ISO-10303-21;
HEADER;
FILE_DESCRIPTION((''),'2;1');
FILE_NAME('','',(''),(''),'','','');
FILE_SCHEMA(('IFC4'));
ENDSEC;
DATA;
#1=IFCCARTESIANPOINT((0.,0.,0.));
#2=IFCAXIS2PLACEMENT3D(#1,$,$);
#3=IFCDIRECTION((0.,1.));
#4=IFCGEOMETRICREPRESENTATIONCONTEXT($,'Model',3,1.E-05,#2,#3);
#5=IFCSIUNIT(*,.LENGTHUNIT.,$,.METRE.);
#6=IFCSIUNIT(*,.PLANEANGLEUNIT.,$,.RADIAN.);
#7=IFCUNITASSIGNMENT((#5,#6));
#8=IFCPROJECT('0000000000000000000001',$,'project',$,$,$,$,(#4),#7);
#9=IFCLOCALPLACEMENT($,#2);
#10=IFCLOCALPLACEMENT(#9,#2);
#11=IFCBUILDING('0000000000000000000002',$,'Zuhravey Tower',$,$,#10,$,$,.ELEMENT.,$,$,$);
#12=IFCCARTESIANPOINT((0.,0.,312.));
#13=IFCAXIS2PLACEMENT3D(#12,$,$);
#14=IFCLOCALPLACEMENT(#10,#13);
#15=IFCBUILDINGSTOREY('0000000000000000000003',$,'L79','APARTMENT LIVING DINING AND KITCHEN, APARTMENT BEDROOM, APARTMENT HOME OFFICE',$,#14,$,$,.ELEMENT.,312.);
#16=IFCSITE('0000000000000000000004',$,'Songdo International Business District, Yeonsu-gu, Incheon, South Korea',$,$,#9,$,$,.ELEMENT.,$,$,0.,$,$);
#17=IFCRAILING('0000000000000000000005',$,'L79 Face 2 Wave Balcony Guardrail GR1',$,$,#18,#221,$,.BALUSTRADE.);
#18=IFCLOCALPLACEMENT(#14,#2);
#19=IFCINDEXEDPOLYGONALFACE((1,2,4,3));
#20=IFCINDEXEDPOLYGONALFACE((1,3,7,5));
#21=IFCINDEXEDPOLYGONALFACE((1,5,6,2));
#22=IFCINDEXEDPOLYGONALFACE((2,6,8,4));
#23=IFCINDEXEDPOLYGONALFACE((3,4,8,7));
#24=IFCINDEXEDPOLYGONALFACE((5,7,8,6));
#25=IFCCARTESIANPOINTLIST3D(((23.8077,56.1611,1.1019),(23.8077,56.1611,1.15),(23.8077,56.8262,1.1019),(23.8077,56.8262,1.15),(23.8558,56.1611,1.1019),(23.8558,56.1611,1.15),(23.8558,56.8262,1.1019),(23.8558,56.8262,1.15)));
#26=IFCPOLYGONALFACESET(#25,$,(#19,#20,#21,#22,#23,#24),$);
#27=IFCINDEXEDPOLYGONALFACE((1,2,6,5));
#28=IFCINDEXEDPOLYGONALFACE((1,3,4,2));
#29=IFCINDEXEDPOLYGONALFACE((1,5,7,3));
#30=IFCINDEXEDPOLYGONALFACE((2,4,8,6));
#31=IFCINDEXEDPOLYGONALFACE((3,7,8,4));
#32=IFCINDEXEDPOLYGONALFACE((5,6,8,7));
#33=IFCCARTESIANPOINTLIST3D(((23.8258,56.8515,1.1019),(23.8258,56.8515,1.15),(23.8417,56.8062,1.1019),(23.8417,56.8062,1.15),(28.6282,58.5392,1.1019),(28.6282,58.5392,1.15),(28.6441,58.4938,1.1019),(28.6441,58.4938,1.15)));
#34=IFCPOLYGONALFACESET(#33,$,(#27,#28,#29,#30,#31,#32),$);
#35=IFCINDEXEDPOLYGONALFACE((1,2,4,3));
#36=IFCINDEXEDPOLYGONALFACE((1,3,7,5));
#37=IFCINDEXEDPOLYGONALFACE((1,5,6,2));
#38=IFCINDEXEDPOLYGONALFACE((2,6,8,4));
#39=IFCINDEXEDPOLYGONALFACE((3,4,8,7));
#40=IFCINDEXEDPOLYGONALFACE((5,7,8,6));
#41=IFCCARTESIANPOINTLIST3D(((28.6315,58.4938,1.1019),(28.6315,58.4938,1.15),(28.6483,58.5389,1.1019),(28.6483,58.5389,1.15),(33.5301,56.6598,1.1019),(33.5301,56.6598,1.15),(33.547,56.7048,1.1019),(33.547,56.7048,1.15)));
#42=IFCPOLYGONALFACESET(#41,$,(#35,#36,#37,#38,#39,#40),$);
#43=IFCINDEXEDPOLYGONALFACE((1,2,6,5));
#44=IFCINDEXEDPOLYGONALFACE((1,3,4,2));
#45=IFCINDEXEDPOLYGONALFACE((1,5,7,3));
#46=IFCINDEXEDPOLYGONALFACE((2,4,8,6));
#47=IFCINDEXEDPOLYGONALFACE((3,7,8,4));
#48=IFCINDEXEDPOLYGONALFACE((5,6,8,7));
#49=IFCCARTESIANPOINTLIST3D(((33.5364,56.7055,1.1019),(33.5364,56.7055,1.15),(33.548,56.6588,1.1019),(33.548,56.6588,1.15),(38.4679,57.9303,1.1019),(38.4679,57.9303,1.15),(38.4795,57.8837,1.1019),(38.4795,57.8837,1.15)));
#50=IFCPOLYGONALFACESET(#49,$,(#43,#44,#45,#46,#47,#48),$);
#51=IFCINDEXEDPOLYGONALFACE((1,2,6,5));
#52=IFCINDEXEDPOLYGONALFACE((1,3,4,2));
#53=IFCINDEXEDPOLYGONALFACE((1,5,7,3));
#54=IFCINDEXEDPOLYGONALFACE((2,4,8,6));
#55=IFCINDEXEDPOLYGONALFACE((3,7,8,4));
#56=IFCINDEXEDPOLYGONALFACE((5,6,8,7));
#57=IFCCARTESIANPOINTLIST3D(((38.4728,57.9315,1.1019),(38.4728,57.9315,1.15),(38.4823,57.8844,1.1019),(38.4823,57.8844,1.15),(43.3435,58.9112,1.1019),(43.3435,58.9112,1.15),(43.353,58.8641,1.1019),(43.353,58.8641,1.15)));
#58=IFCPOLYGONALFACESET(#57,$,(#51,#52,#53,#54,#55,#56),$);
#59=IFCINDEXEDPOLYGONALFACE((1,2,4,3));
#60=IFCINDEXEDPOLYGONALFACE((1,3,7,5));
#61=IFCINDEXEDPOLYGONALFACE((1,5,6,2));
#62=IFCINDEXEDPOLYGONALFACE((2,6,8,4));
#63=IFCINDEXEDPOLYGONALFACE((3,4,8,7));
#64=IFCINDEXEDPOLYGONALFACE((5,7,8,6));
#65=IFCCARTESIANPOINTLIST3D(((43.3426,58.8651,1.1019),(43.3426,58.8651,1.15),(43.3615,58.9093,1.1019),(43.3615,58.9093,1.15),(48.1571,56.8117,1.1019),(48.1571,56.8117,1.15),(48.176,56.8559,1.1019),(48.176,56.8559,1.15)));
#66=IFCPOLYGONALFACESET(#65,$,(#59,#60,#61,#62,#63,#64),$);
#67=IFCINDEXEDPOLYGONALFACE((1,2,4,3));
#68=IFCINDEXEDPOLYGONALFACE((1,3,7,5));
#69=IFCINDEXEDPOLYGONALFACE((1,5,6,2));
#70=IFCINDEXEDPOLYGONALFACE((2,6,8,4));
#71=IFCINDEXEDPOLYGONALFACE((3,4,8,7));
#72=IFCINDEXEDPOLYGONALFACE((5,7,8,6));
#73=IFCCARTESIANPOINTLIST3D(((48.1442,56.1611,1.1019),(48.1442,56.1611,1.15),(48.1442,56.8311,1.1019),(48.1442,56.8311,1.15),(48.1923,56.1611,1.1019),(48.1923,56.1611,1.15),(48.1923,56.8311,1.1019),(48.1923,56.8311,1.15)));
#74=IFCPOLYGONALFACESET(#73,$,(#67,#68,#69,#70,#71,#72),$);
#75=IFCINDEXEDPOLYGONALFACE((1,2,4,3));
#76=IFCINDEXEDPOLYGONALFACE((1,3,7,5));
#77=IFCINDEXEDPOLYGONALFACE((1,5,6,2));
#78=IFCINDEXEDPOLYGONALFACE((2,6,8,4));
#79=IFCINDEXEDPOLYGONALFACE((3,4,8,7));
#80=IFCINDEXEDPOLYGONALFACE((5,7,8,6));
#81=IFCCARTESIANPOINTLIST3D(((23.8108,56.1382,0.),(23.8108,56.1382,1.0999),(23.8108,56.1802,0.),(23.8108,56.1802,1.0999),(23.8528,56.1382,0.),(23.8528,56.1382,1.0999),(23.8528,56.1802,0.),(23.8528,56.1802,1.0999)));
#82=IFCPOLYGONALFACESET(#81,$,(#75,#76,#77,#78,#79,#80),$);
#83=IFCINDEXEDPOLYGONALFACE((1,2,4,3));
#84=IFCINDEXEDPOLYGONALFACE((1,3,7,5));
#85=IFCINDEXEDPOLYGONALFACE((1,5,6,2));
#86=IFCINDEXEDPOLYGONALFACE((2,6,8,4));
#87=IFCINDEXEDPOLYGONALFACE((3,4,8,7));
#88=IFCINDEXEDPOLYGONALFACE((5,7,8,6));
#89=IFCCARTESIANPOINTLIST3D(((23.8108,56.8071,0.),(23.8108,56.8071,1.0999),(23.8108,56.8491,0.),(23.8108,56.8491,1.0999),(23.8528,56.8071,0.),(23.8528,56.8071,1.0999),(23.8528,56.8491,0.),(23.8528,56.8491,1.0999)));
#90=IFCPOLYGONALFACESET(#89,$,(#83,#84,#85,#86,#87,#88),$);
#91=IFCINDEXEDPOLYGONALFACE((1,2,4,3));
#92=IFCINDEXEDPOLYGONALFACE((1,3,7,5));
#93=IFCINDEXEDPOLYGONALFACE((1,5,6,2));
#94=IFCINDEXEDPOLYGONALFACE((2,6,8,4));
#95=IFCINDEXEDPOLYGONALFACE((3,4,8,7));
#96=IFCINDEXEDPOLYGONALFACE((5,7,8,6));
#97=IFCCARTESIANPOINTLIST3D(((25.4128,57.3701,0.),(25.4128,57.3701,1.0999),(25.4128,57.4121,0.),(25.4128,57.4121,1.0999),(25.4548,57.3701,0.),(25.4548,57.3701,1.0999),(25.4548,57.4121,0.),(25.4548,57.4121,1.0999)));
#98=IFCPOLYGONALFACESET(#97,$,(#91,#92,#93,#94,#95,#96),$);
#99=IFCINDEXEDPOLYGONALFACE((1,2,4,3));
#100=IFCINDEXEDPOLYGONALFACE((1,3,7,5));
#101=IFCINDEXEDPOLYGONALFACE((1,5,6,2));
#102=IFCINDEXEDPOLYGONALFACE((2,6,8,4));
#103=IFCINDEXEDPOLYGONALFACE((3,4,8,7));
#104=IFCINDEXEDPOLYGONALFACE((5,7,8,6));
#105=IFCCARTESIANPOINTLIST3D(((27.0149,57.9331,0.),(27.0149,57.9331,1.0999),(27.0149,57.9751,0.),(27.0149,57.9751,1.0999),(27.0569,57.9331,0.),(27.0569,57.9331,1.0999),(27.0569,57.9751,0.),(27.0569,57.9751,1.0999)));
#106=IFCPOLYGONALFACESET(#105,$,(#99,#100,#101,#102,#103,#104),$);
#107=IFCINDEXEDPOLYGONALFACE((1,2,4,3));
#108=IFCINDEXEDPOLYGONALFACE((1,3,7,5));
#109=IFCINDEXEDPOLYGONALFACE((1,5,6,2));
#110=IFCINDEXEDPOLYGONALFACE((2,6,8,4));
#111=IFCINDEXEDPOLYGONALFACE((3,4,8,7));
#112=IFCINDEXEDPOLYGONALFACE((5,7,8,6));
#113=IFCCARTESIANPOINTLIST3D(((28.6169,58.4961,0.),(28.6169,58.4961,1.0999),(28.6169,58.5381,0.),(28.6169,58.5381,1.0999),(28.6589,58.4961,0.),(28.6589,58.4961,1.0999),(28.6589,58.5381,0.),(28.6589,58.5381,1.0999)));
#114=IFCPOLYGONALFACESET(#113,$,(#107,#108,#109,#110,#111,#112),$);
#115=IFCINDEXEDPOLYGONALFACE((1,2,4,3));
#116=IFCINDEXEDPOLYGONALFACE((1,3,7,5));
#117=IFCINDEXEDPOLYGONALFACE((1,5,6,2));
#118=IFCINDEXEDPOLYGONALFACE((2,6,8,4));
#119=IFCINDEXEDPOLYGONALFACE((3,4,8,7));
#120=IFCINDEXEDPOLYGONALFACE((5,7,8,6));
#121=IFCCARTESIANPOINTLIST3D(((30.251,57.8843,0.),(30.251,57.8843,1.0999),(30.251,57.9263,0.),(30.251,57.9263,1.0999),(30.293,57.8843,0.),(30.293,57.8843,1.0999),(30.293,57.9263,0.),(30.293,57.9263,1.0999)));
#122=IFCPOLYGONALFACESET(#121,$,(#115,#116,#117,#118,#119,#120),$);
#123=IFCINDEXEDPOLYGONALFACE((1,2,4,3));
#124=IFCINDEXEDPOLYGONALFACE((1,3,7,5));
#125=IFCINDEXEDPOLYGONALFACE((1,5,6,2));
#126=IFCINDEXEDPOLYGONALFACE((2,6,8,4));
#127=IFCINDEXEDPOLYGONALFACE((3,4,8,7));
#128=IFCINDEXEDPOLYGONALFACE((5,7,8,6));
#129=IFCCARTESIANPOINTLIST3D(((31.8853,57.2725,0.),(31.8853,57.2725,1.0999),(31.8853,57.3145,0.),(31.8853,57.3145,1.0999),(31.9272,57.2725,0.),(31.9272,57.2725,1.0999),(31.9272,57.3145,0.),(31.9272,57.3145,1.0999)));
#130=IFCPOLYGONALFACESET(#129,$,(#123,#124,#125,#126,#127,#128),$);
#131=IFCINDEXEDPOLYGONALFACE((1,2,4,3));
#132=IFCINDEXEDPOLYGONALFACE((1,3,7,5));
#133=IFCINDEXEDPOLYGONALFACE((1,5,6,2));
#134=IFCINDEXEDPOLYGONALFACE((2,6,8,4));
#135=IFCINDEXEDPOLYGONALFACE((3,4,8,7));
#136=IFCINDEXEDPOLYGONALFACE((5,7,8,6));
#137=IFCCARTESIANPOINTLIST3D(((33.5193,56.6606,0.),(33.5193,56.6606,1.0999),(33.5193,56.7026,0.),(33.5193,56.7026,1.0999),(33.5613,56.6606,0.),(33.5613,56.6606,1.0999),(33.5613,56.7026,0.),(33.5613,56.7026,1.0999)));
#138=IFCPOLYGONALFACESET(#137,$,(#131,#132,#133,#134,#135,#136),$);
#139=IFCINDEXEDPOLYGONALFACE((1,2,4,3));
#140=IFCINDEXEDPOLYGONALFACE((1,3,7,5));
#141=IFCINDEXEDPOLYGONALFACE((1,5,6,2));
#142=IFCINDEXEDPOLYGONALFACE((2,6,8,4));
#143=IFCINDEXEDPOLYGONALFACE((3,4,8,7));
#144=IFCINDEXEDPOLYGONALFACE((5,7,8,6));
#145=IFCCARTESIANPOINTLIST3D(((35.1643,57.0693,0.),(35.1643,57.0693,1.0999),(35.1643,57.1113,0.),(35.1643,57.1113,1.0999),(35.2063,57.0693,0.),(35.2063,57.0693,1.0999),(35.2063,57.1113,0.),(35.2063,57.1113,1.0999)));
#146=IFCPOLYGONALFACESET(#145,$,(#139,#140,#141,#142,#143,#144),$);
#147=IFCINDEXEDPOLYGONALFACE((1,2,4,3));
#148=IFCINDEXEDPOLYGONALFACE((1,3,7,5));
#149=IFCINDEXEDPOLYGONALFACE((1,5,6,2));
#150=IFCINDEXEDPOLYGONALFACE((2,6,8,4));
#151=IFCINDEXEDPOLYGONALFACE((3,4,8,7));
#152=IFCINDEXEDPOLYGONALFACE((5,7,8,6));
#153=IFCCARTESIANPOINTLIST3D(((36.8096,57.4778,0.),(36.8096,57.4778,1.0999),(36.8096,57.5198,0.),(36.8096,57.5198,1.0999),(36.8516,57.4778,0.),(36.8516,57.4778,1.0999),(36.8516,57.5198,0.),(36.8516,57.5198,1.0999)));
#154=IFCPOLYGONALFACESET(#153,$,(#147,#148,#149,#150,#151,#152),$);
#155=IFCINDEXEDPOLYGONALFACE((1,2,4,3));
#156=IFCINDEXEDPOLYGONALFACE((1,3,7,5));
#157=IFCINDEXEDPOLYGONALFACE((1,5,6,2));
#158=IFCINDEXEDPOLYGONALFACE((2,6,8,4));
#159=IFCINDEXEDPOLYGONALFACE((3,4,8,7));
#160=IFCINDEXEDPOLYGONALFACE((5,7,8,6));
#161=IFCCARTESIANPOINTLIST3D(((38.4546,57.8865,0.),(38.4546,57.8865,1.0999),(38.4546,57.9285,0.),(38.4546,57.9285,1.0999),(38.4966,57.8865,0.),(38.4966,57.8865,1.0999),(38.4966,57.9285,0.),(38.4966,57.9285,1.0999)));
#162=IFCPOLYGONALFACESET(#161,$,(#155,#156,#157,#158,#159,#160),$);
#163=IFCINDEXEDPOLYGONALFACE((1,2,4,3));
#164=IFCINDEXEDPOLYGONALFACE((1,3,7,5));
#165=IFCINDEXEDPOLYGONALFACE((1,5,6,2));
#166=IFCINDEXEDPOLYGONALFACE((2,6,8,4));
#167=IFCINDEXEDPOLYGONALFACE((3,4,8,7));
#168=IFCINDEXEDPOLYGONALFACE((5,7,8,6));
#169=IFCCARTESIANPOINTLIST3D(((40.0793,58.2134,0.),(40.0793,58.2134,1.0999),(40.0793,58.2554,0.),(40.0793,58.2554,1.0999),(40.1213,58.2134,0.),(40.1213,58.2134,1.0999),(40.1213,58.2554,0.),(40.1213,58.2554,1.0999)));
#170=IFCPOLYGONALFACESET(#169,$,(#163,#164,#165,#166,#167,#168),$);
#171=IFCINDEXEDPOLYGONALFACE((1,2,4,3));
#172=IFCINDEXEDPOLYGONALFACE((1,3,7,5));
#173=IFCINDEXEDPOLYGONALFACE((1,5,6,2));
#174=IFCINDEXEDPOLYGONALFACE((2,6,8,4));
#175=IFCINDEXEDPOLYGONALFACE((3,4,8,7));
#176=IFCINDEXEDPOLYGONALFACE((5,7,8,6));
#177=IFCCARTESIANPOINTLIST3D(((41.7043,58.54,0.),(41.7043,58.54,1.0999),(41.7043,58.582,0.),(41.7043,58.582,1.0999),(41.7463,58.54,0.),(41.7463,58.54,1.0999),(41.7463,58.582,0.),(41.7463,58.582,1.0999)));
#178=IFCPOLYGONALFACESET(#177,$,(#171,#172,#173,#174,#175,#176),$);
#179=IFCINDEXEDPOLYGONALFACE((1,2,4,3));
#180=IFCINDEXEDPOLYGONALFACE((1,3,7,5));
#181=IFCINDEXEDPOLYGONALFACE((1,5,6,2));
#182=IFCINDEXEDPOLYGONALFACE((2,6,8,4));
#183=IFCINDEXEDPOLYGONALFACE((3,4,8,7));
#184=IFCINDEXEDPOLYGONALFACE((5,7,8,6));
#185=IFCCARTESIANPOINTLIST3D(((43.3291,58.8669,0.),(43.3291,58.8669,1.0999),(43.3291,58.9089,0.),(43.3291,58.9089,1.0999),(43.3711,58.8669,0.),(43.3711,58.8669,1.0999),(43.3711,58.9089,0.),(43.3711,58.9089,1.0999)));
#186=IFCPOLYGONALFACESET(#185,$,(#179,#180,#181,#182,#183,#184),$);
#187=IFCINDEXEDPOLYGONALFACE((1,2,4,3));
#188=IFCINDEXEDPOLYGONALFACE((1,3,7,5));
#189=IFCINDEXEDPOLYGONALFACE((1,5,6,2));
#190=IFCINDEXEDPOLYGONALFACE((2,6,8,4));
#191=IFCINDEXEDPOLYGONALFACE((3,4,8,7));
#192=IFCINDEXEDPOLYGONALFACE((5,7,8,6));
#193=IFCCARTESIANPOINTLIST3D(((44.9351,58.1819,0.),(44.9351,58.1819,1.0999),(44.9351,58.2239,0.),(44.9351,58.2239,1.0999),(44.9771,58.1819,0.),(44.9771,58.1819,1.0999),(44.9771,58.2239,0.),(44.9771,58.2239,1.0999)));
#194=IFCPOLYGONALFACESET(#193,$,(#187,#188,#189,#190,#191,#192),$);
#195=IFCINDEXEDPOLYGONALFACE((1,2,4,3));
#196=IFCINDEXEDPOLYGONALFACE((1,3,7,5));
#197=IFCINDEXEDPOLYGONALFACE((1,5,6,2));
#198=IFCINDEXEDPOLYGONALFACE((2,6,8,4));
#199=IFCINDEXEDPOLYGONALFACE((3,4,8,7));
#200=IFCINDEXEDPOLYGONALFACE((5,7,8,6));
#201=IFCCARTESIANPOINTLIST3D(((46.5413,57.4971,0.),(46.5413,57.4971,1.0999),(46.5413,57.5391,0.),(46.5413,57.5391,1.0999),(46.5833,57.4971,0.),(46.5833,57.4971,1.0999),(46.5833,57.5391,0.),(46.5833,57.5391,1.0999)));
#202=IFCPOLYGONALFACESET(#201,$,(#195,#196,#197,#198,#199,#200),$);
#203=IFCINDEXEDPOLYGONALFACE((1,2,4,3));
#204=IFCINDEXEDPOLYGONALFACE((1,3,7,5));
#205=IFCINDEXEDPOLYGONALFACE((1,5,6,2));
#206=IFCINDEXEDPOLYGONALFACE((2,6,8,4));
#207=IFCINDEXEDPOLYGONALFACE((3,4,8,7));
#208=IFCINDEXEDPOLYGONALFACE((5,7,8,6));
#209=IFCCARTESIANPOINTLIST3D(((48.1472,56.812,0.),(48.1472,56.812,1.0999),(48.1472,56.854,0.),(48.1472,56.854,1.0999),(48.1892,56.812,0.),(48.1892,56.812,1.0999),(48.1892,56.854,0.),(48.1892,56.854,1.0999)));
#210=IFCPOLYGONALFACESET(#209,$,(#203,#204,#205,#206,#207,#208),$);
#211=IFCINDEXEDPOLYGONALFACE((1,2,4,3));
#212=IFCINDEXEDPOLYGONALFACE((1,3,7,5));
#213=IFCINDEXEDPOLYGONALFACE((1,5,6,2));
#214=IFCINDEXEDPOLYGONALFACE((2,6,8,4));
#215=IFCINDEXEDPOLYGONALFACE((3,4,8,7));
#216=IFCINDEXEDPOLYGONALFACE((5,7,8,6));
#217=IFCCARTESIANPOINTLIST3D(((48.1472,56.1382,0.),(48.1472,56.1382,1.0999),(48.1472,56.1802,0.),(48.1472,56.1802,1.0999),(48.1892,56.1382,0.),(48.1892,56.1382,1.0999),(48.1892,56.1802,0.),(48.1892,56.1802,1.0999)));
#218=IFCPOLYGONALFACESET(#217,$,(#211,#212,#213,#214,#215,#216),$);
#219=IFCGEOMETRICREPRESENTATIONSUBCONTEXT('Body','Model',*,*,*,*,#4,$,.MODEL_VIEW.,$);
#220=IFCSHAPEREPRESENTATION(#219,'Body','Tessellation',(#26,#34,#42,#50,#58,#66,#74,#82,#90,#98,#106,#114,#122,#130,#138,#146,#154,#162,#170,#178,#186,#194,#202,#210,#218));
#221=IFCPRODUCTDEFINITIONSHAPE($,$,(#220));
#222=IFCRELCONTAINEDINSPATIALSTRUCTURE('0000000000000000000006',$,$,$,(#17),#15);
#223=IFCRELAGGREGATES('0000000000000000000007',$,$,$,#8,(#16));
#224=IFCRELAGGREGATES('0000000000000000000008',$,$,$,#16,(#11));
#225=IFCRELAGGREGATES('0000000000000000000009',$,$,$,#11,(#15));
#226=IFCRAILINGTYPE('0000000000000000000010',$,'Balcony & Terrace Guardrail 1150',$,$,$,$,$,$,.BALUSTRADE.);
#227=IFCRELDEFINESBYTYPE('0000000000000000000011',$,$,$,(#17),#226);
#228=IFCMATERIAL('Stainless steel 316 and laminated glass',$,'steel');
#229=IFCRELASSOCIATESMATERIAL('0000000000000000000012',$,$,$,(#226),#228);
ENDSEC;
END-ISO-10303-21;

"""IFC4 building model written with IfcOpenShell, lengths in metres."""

from ifc_helpers import new_model, si_unit, direction, frame, origin, origin_2d, place, context, subcontext, project, spatial, rectangle, extrude, material, type_object, element, save


model = new_model("IFC4")

# Units and contexts
model_context = context("Model", 3, precision=1e-05, world=origin(), true_north=direction((0.0, 1.0)))
body_context = subcontext(model_context, "Body", "Model", "MODEL_VIEW")
ifc_project = project(units=[si_unit("LENGTHUNIT", "METRE"), si_unit("PLANEANGLEUNIT", "RADIAN")], contexts=[model_context])

# Site, building, storey
site_placement = place(None, origin())
site = spatial("IfcSite", under=ifc_project, at=site_placement, Name="Songdo International Business District, Yeonsu-gu, Incheon, South Korea", CompositionType="ELEMENT", RefElevation=0.0)
building_placement = place(site_placement, origin())
building = spatial("IfcBuilding", under=site, at=building_placement, Name="Zuhravey Tower", CompositionType="ELEMENT")
storey_placement = place(building_placement, frame((0.0, 0.0, 312.0)))
storey = spatial("IfcBuildingStorey", under=building, at=storey_placement, Name="L79", Description="APARTMENT LIVING DINING AND KITCHEN, APARTMENT BEDROOM, APARTMENT HOME OFFICE", CompositionType="ELEMENT", Elevation=312.0)

# Railing
ifc_material_1 = material(Name="Stainless steel 316 and laminated glass", Category="steel")
railing_type = type_object("IfcRailingType", Name="Balcony & Terrace Guardrail 1150", PredefinedType="BALUSTRADE", material=ifc_material_1)
railing_placement = place(storey_placement, frame((23.8318, 56.1592, 0.0)))
element("IfcRailing", 1, at=railing_placement, inside=storey, type_object=railing_type, Name="L79 Face 2 Wave Balcony Guardrail GR1", PredefinedType="BALUSTRADE", context=body_context, shape_type="SweptSolid", body=[
    extrude(rectangle(XDim=0.0481, YDim=0.0481, at=origin_2d()), frame((0.0, 0.002, 1.126), z_axis=(0.0, 1.0, 0.0), x_axis=(-1.0, 0.0, 0.0)), (0.0, 0.0, 1.0), 0.665),
    extrude(rectangle(XDim=0.0481, YDim=0.0481, at=origin_2d()), frame((0.002, 0.6697, 1.126), z_axis=(0.943441, 0.331541, 0.0), x_axis=(-0.331541, 0.943441, 0.0)), (0.0, 0.0, 1.0), 5.0903),
    extrude(rectangle(XDim=0.0481, YDim=0.0481, at=origin_2d()), frame((4.8081, 2.3572, 1.126), z_axis=(0.936513, -0.350633, 0.0), x_axis=(0.350633, 0.936513, 0.0)), (0.0, 0.0, 1.0), 5.2307),
    extrude(rectangle(XDim=0.0481, YDim=0.0481, at=origin_2d()), frame((9.7104, 0.5229, 1.126), z_axis=(0.970511, 0.241056, 0.0), x_axis=(-0.241056, 0.970511, 0.0)), (0.0, 0.0, 1.0), 5.0813),
    extrude(rectangle(XDim=0.0481, YDim=0.0481, at=origin_2d()), frame((14.6458, 1.7488, 1.126), z_axis=(0.980365, 0.197192, 0.0), x_axis=(-0.197192, 0.980365, 0.0)), (0.0, 0.0, 1.0), 4.9683),
    extrude(rectangle(XDim=0.0481, YDim=0.0481, at=origin_2d()), frame((19.5203, 2.728, 1.126), z_axis=(0.919833, -0.39231, 0.0), x_axis=(0.39231, 0.919833, 0.0)), (0.0, 0.0, 1.0), 5.2341),
    extrude(rectangle(XDim=0.0481, YDim=0.0481, at=origin_2d()), frame((24.3364, 0.6719, 1.126), z_axis=(0.0, -1.0, 0.0), x_axis=(1.0, 0.0, 0.0)), (0.0, 0.0, 1.0), 0.6699),
    extrude(rectangle(XDim=0.042, YDim=0.042, at=origin_2d()), origin(), (0.0, 0.0, 1.0), 1.0999),
    extrude(rectangle(XDim=0.042, YDim=0.042, at=origin_2d()), frame((0.0, 0.6689, 0.0)), (0.0, 0.0, 1.0), 1.0999),
    extrude(rectangle(XDim=0.042, YDim=0.042, at=origin_2d()), frame((1.6021, 1.2319, 0.0)), (0.0, 0.0, 1.0), 1.0999),
    extrude(rectangle(XDim=0.042, YDim=0.042, at=origin_2d()), frame((3.2041, 1.7949, 0.0)), (0.0, 0.0, 1.0), 1.0999),
    extrude(rectangle(XDim=0.042, YDim=0.042, at=origin_2d()), frame((4.8062, 2.3579, 0.0)), (0.0, 0.0, 1.0), 1.0999),
    extrude(rectangle(XDim=0.042, YDim=0.042, at=origin_2d()), frame((6.4402, 1.7461, 0.0)), (0.0, 0.0, 1.0), 1.0999),
    extrude(rectangle(XDim=0.042, YDim=0.042, at=origin_2d()), frame((8.0745, 1.1343, 0.0)), (0.0, 0.0, 1.0), 1.0999),
    extrude(rectangle(XDim=0.042, YDim=0.042, at=origin_2d()), frame((9.7085, 0.5225, 0.0)), (0.0, 0.0, 1.0), 1.0999),
    extrude(rectangle(XDim=0.042, YDim=0.042, at=origin_2d()), frame((11.3535, 0.9312, 0.0)), (0.0, 0.0, 1.0), 1.0999),
    extrude(rectangle(XDim=0.042, YDim=0.042, at=origin_2d()), frame((12.9988, 1.3396, 0.0)), (0.0, 0.0, 1.0), 1.0999),
    extrude(rectangle(XDim=0.042, YDim=0.042, at=origin_2d()), frame((14.6438, 1.7483, 0.0)), (0.0, 0.0, 1.0), 1.0999),
    extrude(rectangle(XDim=0.042, YDim=0.042, at=origin_2d()), frame((16.2686, 2.0752, 0.0)), (0.0, 0.0, 1.0), 1.0999),
    extrude(rectangle(XDim=0.042, YDim=0.042, at=origin_2d()), frame((17.8936, 2.4019, 0.0)), (0.0, 0.0, 1.0), 1.0999),
    extrude(rectangle(XDim=0.042, YDim=0.042, at=origin_2d()), frame((19.5183, 2.7288, 0.0)), (0.0, 0.0, 1.0), 1.0999),
    extrude(rectangle(XDim=0.042, YDim=0.042, at=origin_2d()), frame((21.1243, 2.0437, 0.0)), (0.0, 0.0, 1.0), 1.0999),
    extrude(rectangle(XDim=0.042, YDim=0.042, at=origin_2d()), frame((22.7305, 1.3589, 0.0)), (0.0, 0.0, 1.0), 1.0999),
    extrude(rectangle(XDim=0.042, YDim=0.042, at=origin_2d()), frame((24.3364, 0.6738, 0.0)), (0.0, 0.0, 1.0), 1.0999),
    extrude(rectangle(XDim=0.042, YDim=0.042, at=origin_2d()), frame((24.3364, 0.0, 0.0)), (0.0, 0.0, 1.0), 1.0999),
])

save(model, "model.ifc")
